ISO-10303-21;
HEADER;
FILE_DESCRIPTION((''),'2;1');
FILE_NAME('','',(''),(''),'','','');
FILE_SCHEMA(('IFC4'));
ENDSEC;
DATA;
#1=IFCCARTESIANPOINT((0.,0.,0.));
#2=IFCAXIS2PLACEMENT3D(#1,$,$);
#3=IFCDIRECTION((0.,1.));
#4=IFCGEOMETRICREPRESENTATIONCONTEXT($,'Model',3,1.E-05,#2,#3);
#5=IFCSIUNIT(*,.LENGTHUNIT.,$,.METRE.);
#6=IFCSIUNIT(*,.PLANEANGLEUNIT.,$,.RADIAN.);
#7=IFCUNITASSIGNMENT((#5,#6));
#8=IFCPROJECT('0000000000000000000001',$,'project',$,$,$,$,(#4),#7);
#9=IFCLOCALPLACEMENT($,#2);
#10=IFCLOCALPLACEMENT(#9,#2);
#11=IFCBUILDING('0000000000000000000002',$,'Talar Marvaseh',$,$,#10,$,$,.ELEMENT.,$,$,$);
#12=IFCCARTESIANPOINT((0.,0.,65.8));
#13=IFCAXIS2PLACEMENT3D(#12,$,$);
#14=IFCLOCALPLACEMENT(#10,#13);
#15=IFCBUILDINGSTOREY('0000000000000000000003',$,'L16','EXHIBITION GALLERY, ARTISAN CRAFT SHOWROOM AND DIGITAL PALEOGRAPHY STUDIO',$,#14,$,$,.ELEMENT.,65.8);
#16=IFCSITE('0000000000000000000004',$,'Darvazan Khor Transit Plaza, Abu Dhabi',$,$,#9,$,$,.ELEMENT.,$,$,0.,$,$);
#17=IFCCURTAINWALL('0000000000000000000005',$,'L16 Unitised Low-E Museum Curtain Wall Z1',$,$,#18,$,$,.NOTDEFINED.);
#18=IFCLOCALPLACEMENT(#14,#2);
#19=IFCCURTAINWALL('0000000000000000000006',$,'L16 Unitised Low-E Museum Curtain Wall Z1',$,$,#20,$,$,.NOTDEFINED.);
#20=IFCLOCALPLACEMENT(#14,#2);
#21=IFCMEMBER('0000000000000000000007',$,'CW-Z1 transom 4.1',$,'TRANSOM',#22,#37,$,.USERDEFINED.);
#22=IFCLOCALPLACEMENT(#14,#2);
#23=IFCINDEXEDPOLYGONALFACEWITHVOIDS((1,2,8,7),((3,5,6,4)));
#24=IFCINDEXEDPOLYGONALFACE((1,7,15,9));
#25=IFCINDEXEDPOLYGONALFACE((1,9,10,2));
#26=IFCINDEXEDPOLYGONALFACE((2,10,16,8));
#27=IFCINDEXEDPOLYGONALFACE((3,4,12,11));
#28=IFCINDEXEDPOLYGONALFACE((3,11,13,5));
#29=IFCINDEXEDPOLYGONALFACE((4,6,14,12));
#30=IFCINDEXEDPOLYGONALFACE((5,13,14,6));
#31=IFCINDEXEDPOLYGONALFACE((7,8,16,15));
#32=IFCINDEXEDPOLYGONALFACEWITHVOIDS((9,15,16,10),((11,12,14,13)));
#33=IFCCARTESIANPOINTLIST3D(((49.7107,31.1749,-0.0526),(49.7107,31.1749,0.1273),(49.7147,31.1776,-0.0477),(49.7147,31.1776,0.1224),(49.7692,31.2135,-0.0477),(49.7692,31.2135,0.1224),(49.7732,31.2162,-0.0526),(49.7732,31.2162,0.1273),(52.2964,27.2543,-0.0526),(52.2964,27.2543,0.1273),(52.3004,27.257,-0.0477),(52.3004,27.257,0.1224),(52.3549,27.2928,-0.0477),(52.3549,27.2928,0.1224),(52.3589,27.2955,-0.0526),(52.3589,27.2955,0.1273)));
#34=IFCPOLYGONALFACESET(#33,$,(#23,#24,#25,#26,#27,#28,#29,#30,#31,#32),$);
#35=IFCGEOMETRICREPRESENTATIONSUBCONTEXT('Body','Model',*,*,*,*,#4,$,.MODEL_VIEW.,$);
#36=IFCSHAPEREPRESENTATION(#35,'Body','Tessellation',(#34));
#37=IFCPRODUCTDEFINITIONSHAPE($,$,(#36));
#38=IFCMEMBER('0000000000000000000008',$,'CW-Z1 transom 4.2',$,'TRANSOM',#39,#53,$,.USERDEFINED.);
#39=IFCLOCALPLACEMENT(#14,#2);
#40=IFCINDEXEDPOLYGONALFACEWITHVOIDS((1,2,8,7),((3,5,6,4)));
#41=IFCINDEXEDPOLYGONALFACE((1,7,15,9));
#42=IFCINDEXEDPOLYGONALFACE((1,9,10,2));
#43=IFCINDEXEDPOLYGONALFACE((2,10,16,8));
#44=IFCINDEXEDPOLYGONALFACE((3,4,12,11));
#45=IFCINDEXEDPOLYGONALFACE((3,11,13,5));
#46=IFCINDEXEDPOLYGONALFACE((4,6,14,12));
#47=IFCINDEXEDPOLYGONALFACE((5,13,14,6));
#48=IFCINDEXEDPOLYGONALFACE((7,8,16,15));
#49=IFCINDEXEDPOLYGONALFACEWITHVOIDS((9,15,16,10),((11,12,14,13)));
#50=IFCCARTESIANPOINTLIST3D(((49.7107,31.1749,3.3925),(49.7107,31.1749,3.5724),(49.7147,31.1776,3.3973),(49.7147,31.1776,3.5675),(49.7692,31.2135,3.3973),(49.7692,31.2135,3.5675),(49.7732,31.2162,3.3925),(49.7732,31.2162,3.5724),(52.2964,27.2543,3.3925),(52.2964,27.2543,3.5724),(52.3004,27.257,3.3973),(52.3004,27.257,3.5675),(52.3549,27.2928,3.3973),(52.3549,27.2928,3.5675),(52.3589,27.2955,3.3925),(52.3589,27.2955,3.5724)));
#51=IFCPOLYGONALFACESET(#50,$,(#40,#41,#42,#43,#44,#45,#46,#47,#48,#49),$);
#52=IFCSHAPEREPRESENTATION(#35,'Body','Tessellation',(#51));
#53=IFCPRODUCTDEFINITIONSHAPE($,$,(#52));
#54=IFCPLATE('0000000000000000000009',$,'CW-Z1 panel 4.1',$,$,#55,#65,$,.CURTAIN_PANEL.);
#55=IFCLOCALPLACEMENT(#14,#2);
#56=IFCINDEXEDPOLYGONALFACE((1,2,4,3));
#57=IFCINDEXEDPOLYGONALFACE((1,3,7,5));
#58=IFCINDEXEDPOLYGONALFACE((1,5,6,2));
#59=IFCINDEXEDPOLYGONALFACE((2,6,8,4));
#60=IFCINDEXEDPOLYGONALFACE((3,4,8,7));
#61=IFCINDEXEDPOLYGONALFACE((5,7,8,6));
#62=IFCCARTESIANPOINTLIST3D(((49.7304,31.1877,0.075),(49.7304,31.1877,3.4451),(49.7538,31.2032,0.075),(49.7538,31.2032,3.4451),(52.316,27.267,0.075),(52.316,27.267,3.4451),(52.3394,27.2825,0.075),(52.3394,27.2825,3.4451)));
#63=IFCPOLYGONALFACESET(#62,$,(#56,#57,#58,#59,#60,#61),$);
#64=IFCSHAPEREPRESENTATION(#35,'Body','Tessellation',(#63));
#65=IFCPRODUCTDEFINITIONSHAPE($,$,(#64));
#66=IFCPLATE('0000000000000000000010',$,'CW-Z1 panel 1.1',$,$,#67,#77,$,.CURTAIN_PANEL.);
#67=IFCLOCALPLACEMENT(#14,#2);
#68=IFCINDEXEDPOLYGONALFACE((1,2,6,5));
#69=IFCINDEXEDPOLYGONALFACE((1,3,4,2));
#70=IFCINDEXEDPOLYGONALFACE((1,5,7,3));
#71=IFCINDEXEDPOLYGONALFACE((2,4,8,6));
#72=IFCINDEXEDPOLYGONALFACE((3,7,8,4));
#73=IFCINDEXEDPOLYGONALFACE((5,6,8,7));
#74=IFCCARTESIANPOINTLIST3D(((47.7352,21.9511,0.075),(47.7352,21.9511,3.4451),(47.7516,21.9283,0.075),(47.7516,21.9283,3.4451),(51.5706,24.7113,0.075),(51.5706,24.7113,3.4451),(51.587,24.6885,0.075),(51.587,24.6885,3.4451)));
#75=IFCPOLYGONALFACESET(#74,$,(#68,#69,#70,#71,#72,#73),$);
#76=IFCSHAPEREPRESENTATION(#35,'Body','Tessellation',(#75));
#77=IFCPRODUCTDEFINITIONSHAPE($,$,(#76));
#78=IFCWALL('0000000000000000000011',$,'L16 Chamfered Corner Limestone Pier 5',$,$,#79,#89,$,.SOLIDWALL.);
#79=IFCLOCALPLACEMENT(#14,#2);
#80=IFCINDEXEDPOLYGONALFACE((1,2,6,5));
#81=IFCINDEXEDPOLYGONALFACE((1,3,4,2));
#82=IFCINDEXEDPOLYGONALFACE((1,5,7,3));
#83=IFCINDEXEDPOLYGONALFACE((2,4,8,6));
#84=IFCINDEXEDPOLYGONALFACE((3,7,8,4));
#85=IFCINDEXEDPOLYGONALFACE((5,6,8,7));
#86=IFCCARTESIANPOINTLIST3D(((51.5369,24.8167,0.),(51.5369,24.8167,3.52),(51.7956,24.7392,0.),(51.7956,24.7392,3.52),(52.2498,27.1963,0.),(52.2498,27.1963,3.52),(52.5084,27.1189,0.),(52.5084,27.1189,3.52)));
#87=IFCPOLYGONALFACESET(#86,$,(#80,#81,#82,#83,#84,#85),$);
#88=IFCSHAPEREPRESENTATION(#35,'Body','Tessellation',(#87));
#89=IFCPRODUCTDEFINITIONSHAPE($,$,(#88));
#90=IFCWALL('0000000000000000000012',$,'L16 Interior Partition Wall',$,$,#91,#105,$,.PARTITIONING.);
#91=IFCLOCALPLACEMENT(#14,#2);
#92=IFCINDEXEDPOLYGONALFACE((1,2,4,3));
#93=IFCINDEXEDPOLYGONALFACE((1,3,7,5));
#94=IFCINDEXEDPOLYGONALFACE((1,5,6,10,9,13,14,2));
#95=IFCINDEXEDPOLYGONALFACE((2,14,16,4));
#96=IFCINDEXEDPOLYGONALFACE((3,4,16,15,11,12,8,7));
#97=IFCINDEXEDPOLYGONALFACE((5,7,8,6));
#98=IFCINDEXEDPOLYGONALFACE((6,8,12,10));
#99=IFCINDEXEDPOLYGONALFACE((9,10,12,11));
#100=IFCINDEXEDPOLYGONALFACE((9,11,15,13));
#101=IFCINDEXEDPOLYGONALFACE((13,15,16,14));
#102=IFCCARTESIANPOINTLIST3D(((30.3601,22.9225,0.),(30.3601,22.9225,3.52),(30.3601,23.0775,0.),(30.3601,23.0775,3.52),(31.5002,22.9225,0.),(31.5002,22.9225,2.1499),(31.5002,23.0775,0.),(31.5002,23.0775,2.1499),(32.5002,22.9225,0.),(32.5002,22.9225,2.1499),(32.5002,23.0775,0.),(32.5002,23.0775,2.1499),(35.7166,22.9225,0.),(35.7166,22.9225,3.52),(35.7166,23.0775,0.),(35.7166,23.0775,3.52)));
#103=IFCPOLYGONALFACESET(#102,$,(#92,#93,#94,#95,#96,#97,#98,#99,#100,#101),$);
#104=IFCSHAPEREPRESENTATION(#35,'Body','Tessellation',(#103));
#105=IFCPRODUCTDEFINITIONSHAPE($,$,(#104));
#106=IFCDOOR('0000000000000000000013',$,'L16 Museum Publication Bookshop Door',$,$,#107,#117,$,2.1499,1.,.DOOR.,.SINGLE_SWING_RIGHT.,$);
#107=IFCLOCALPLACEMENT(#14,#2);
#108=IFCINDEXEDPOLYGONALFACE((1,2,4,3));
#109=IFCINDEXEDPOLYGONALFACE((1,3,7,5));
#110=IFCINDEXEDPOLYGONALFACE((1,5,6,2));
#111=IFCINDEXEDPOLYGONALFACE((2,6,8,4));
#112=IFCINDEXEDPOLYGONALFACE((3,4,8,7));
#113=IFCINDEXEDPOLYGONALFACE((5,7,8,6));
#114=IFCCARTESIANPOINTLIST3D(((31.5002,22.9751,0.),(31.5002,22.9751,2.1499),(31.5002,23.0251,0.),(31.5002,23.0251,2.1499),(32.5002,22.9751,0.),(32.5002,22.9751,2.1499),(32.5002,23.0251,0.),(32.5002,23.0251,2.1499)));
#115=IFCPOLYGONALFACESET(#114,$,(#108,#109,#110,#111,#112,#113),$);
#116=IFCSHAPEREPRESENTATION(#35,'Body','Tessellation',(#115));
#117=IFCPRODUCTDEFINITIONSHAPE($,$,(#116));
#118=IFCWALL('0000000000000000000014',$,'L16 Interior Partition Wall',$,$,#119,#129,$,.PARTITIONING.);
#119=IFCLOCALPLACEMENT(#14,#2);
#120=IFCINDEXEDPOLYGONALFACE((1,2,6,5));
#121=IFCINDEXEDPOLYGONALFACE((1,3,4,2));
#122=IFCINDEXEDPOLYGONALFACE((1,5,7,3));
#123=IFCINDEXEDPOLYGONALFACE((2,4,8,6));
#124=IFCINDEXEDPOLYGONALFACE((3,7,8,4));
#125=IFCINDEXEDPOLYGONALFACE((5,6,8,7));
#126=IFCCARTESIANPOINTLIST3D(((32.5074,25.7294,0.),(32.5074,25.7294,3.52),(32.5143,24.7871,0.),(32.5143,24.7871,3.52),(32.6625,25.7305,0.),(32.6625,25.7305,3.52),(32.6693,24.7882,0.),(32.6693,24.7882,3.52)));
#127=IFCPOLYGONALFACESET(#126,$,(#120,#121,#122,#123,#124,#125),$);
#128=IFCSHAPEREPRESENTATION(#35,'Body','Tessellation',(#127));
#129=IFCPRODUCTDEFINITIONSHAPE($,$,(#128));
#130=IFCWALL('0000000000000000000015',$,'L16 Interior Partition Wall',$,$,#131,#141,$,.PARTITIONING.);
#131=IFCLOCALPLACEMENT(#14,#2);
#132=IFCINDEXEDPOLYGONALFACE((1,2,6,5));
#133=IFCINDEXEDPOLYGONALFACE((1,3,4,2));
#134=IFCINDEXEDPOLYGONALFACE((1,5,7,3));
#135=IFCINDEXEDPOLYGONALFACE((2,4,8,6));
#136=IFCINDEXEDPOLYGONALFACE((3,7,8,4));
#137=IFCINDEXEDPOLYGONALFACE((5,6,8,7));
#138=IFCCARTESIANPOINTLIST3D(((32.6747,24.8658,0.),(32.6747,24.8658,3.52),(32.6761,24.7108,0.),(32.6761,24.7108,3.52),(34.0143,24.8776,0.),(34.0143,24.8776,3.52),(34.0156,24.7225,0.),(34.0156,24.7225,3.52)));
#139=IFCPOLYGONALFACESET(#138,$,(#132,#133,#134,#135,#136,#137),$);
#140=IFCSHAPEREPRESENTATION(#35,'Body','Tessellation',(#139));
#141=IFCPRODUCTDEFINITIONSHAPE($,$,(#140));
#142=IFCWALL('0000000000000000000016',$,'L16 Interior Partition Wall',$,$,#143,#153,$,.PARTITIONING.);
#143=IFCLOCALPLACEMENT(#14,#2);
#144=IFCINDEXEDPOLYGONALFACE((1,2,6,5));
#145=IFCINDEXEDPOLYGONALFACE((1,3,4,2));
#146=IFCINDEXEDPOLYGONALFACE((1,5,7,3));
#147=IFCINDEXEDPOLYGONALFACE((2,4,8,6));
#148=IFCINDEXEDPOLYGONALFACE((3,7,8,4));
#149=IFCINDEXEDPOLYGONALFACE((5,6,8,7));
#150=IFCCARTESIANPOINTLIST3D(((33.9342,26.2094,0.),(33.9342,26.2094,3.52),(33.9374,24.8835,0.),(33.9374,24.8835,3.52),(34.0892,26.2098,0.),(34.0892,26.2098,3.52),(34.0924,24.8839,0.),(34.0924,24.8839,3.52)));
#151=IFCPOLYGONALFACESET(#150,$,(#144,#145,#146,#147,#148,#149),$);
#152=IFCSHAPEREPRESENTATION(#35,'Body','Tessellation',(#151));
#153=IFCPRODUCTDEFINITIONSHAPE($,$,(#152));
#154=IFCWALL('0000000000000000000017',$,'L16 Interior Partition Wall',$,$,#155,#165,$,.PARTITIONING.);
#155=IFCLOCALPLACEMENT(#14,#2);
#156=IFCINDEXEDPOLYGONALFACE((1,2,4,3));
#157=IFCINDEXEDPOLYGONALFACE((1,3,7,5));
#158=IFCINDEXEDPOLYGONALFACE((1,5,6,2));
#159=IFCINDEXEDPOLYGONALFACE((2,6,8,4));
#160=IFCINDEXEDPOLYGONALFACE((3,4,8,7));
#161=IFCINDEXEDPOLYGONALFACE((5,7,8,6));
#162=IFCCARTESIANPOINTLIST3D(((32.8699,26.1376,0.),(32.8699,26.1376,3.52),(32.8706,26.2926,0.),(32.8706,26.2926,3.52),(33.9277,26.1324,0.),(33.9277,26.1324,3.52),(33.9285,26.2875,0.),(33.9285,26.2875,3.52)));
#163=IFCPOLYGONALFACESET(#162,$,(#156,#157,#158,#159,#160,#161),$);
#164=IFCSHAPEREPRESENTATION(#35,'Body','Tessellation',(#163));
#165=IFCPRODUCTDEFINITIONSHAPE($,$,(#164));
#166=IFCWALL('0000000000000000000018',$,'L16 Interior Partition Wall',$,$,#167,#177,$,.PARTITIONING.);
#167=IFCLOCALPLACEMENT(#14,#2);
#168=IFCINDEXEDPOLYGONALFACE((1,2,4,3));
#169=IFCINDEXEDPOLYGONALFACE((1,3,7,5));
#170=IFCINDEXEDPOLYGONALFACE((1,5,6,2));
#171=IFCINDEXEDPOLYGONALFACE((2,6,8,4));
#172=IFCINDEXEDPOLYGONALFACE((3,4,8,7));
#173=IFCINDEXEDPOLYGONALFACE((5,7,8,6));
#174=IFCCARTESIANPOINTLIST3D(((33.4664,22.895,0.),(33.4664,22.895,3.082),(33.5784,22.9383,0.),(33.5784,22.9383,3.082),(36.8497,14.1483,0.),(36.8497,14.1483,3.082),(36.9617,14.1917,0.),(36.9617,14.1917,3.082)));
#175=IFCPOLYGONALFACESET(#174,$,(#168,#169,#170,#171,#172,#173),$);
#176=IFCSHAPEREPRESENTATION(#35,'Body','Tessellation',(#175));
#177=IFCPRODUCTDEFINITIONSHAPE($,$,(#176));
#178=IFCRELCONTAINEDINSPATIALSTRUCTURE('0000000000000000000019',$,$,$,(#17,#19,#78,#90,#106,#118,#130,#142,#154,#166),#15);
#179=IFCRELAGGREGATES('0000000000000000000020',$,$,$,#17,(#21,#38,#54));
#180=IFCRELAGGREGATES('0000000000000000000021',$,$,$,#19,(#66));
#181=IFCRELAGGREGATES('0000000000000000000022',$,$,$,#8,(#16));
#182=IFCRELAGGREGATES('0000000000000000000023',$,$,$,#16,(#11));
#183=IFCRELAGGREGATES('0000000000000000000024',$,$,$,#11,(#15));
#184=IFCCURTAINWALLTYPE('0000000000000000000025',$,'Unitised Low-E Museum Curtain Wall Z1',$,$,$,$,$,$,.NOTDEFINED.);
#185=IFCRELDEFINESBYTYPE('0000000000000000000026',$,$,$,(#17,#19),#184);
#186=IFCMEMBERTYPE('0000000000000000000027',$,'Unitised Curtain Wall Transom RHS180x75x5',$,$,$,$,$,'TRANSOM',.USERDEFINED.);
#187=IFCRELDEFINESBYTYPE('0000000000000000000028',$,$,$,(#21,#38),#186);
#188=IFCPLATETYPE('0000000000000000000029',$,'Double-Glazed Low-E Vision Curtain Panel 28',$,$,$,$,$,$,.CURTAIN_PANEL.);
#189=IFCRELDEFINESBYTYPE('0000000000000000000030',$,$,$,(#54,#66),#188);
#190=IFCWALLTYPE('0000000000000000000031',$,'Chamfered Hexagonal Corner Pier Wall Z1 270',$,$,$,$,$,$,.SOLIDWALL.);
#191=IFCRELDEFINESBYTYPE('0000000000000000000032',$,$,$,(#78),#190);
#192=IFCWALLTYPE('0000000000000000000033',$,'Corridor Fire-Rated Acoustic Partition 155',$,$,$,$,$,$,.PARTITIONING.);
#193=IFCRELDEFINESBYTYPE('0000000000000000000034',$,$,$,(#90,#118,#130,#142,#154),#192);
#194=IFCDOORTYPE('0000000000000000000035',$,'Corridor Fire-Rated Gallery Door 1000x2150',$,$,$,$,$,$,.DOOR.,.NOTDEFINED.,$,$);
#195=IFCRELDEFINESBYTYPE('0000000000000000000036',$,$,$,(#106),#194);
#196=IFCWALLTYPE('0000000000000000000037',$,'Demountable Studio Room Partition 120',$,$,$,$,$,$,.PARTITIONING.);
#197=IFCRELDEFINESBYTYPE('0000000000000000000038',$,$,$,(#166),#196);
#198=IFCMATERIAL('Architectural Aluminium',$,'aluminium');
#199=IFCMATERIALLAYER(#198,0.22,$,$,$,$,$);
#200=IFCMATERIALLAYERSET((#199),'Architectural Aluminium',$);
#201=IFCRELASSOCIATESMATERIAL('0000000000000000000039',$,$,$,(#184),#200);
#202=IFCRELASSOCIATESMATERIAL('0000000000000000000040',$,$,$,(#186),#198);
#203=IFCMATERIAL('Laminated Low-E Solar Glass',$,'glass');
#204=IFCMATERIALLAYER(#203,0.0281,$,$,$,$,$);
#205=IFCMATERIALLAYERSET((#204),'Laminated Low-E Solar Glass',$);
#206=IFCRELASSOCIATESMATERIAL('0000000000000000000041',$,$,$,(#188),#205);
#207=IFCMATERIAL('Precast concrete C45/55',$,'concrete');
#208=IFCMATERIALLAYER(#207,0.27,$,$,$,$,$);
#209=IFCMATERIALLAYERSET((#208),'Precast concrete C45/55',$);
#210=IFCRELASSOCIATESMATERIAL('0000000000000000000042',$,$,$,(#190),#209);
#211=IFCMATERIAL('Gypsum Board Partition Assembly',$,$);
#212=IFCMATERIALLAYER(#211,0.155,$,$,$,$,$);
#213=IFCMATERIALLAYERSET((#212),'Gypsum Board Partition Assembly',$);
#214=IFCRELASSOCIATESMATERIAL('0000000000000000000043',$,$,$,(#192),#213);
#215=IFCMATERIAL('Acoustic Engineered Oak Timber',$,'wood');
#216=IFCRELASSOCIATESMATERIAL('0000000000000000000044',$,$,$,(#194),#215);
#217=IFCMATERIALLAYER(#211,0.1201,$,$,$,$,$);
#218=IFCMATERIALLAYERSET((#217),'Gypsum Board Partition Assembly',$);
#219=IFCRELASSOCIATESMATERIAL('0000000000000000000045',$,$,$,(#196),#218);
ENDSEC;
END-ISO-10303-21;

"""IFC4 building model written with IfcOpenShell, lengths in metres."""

from ifc_helpers import new_model, si_unit, direction, frame, frame_2d, origin, origin_2d, place, context, subcontext, project, spatial, rectangle, hollow_rectangle, extrude, source, transform, mapped, material, layer, layer_set, material_profile, profile_set, type_object, type_shapes, element, fill, aggregate, save


model = new_model("IFC4")

# Units and contexts
model_context = context("Model", 3, precision=1e-05, world=origin(), true_north=direction((0.0, 1.0)))
body_context = subcontext(model_context, "Body", "Model", "MODEL_VIEW")
ifc_project = project(units=[si_unit("LENGTHUNIT", "METRE"), si_unit("PLANEANGLEUNIT", "RADIAN")], contexts=[model_context])

# Site, building, storey
site_placement = place(None, origin())
site = spatial("IfcSite", under=ifc_project, at=site_placement, Name="Darvazan Khor Transit Plaza, Abu Dhabi", CompositionType="ELEMENT", RefElevation=0.0)
building_placement = place(site_placement, origin())
building = spatial("IfcBuilding", under=site, at=building_placement, Name="Talar Marvaseh", CompositionType="ELEMENT")
storey_placement = place(building_placement, frame((0.0, 0.0, 65.8)))
storey = spatial("IfcBuildingStorey", under=building, at=storey_placement, Name="L16", Description="EXHIBITION GALLERY, ARTISAN CRAFT SHOWROOM AND DIGITAL PALEOGRAPHY STUDIO", CompositionType="ELEMENT", Elevation=65.8)

# Curtain walls
ifc_material_1 = material(Name="Architectural Aluminium", Category="aluminium")
ifc_layer_1 = layer(ifc_material_1, 0.22)
ifc_layer_set_1 = layer_set([ifc_layer_1], Name="Architectural Aluminium")
curtain_wall_type = type_object("IfcCurtainWallType", Name="Unitised Low-E Museum Curtain Wall Z1", PredefinedType="NOTDEFINED", material=ifc_layer_set_1)
curtain_wall_1_placement = place(storey_placement, origin())
curtain_wall_1 = element("IfcCurtainWall", 1, at=curtain_wall_1_placement, inside=storey, type_object=curtain_wall_type, Name="L16 Unitised Low-E Museum Curtain Wall Z1", PredefinedType="NOTDEFINED")
curtain_wall_2_placement = place(storey_placement, origin())
curtain_wall_2 = element("IfcCurtainWall", 2, at=curtain_wall_2_placement, inside=storey, type_object=curtain_wall_type, Name="L16 Unitised Low-E Museum Curtain Wall Z1", PredefinedType="NOTDEFINED")
ifc_material_profile_1 = material_profile(ifc_material_1, hollow_rectangle(XDim=0.075, YDim=0.1799, WallThickness=0.0049, at=origin_2d()), Name="RHS180x75x5")
ifc_profile_set_1 = profile_set([ifc_material_profile_1], Name="Architectural Aluminium")
member_type_1 = type_object("IfcMemberType", Name="Unitised Curtain Wall Transom RHS180x75x5", ElementType="TRANSOM", PredefinedType="USERDEFINED", material=ifc_profile_set_1)

# Members
shared_shape_1 = source(origin(), body_context, "Body", "SweptSolid", [
    extrude(hollow_rectangle(XDim=0.075, YDim=0.1799, WallThickness=0.0049, at=origin_2d()), origin(), (0.0, 0.0, 1.0), 4.6965),
])
member_1_placement = place(storey_placement, frame((49.7419, 31.1956, 0.0374), z_axis=(0.550555, -0.834799, 0.0), x_axis=(0.834799, 0.550555, 0.0)))
member_1 = element("IfcMember", 3, at=member_1_placement, type_object=member_type_1, Name="CW-Z1 transom 4.1", ObjectType="TRANSOM", PredefinedType="USERDEFINED", context=body_context, shape_type="MappedRepresentation", body=[
    mapped(shared_shape_1, transform((0.0, 0.0, 0.0), x_axis=(1.0, 0.0, 0.0), y_axis=(0.0, 1.0, 0.0), z_axis=(0.0, 0.0, 1.0), scale=1.0)),
])
member_2_placement = place(storey_placement, frame((49.7419, 31.1956, 3.4824), z_axis=(0.550555, -0.834799, 0.0), x_axis=(0.834799, 0.550555, 0.0)))
member_2 = element("IfcMember", 4, at=member_2_placement, type_object=member_type_1, Name="CW-Z1 transom 4.2", ObjectType="TRANSOM", PredefinedType="USERDEFINED", context=body_context, shape_type="MappedRepresentation", body=[
    mapped(shared_shape_1, transform((0.0, 0.0, 0.0), x_axis=(1.0, 0.0, 0.0), y_axis=(0.0, 1.0, 0.0), z_axis=(0.0, 0.0, 1.0), scale=1.0)),
])

# Plates
ifc_material_2 = material(Name="Laminated Low-E Solar Glass", Category="glass")
ifc_layer_2 = layer(ifc_material_2, 0.0281)
ifc_layer_set_2 = layer_set([ifc_layer_2], Name="Laminated Low-E Solar Glass")
plate_type = type_object("IfcPlateType", Name="Double-Glazed Low-E Vision Curtain Panel 28", PredefinedType="CURTAIN_PANEL", material=ifc_layer_set_2)
shared_shape_2 = source(origin(), body_context, "Body", "SweptSolid", [
    extrude(rectangle(XDim=4.6965, YDim=0.0281, at=origin_2d()), origin(), (0.0, 0.0, 1.0), 3.3701),
])
plate_1_placement = place(storey_placement, frame((51.0349, 29.2351, 0.075), z_axis=(0.0, 0.0, 1.0), x_axis=(0.550538, -0.83481, 0.0)))
plate_1 = element("IfcPlate", 5, at=plate_1_placement, type_object=plate_type, Name="CW-Z1 panel 4.1", PredefinedType="CURTAIN_PANEL", context=body_context, shape_type="MappedRepresentation", body=[
    mapped(shared_shape_2, transform((0.0, 0.0, 0.0), x_axis=(1.0, 0.0, 0.0), y_axis=(0.0, 1.0, 0.0), z_axis=(0.0, 0.0, 1.0), scale=1.0)),
])
aggregate(curtain_wall_1, [member_1, member_2, plate_1])
shared_shape_3 = source(origin(), body_context, "Body", "SweptSolid", [
    extrude(rectangle(XDim=4.7253, YDim=0.0281, at=origin_2d()), origin(), (0.0, 0.0, 1.0), 3.3701),
])
type_shapes(plate_type, [shared_shape_2, shared_shape_3])
plate_2_placement = place(storey_placement, frame((49.6611, 23.3198, 0.075), z_axis=(0.0, 0.0, 1.0), x_axis=(-0.811665, -0.584123, 0.0)))
plate_2 = element("IfcPlate", 6, at=plate_2_placement, type_object=plate_type, Name="CW-Z1 panel 1.1", PredefinedType="CURTAIN_PANEL", context=body_context, shape_type="MappedRepresentation", body=[
    mapped(shared_shape_3, transform((0.0, 0.0, 0.0), x_axis=(1.0, 0.0, 0.0), y_axis=(0.0, 1.0, 0.0), z_axis=(0.0, 0.0, 1.0), scale=1.0)),
])
aggregate(curtain_wall_2, [plate_2])

# Wall
ifc_material_3 = material(Name="Precast concrete C45/55", Category="concrete")
ifc_layer_3 = layer(ifc_material_3, 0.27)
ifc_layer_set_3 = layer_set([ifc_layer_3], Name="Precast concrete C45/55")
wall_type_1 = type_object("IfcWallType", Name="Chamfered Hexagonal Corner Pier Wall Z1 270", PredefinedType="SOLIDWALL", material=ifc_layer_set_3)
wall_1_placement = place(storey_placement, frame((52.3792, 27.1577, 0.0), z_axis=(0.0, 0.0, 1.0), x_axis=(-0.286978, -0.957937, 0.0)))
element("IfcWall", 7, at=wall_1_placement, inside=storey, type_object=wall_type_1, Name="L16 Chamfered Corner Limestone Pier 5", PredefinedType="SOLIDWALL", context=body_context, shape_type="SweptSolid", body=[
    extrude(rectangle(XDim=2.4841, YDim=0.27, at=frame_2d((1.2422, 0.0))), origin(), (0.0, 0.0, 1.0), 3.52),
])

# Wall, opening, door
ifc_material_4 = material(Name="Gypsum Board Partition Assembly")
ifc_layer_4 = layer(ifc_material_4, 0.155)
ifc_layer_set_4 = layer_set([ifc_layer_4], Name="Gypsum Board Partition Assembly")
wall_type_2 = type_object("IfcWallType", Name="Corridor Fire-Rated Acoustic Partition 155", PredefinedType="PARTITIONING", material=ifc_layer_set_4)
wall_2_placement = place(storey_placement, frame((35.7166, 23.0, 0.0), z_axis=(0.0, 0.0, 1.0), x_axis=(-1.0, 0.0, 0.0)))
wall_2 = element("IfcWall", 8, at=wall_2_placement, inside=storey, type_object=wall_type_2, Name="L16 Interior Partition Wall", PredefinedType="PARTITIONING", context=body_context, shape_type="SweptSolid", body=[
    extrude(rectangle(XDim=5.3564, YDim=0.155, at=frame_2d((2.6782, 0.0))), origin(), (0.0, 0.0, 1.0), 3.52),
])
opening_1_placement = place(wall_2_placement, frame((3.2163, 0.0, 0.0)))
opening_1 = element("IfcOpeningElement", 9, at=opening_1_placement, cuts=wall_2, PredefinedType="OPENING", context=body_context, shape_type="SweptSolid", body=[
    extrude(rectangle(XDim=1.0, YDim=2.1499, at=frame_2d((0.5, 1.075))), frame((0.0, 0.0874, 0.0), z_axis=(0.0, -1.0, 0.0), x_axis=(1.0, 0.0, 0.0)), (0.0, 0.0, 1.0), 0.175),
])
ifc_material_5 = material(Name="Acoustic Engineered Oak Timber", Category="wood")
door_type_1 = type_object("IfcDoorType", Name="Corridor Fire-Rated Gallery Door 1000x2150", OperationType="NOTDEFINED", PredefinedType="DOOR", material=ifc_material_5)
shared_shape_4 = source(origin(), body_context, "Body", "SweptSolid", [
    extrude(rectangle(XDim=1.0, YDim=2.1499, at=frame_2d((0.5, 1.075))), frame((0.0, 0.0249, 0.0), z_axis=(0.0, -1.0, 0.0), x_axis=(1.0, 0.0, 0.0)), (0.0, 0.0, 1.0), 0.05),
])
type_shapes(door_type_1, [shared_shape_4])
door_1_placement = place(opening_1_placement, origin())
door_1 = element("IfcDoor", 10, at=door_1_placement, inside=storey, type_object=door_type_1, Name="L16 Museum Publication Bookshop Door", OperationType="SINGLE_SWING_RIGHT", OverallHeight=2.1499, OverallWidth=1.0, PredefinedType="DOOR", context=body_context, shape_type="MappedRepresentation", body=[
    mapped(shared_shape_4, transform((0.0, 0.0, 0.0), x_axis=(1.0, 0.0, 0.0), y_axis=(0.0, 1.0, 0.0), z_axis=(0.0, 0.0, 1.0), scale=1.0)),
])
fill(opening_1, door_1)

# Walls
wall_3_placement = place(storey_placement, frame((32.585, 25.73, 0.0), z_axis=(0.0, 0.0, 1.0), x_axis=(0.007254, -0.999974, 0.0)))
element("IfcWall", 11, at=wall_3_placement, inside=storey, type_object=wall_type_2, Name="L16 Interior Partition Wall", PredefinedType="PARTITIONING", context=body_context, shape_type="SweptSolid", body=[
    extrude(rectangle(XDim=0.9424, YDim=0.155, at=frame_2d((0.4712, 0.0))), origin(), (0.0, 0.0, 1.0), 3.52),
])
wall_4_placement = place(storey_placement, frame((32.6753, 24.7883, 0.0), z_axis=(0.0, 0.0, 1.0), x_axis=(0.999962, 0.008748, 0.0)))
element("IfcWall", 12, at=wall_4_placement, inside=storey, type_object=wall_type_2, Name="L16 Interior Partition Wall", PredefinedType="PARTITIONING", context=body_context, shape_type="SweptSolid", body=[
    extrude(rectangle(XDim=1.3396, YDim=0.155, at=frame_2d((0.6699, 0.0))), origin(), (0.0, 0.0, 1.0), 3.52),
])
wall_5_placement = place(storey_placement, frame((34.0149, 24.8835, 0.0), z_axis=(0.0, 0.0, 1.0), x_axis=(-0.002394, 0.999997, 0.0)))
element("IfcWall", 13, at=wall_5_placement, inside=storey, type_object=wall_type_2, Name="L16 Interior Partition Wall", PredefinedType="PARTITIONING", context=body_context, shape_type="SweptSolid", body=[
    extrude(rectangle(XDim=1.3259, YDim=0.155, at=frame_2d((0.6631, 0.0))), origin(), (0.0, 0.0, 1.0), 3.52),
])
wall_6_placement = place(storey_placement, frame((33.928, 26.21, 0.0), z_axis=(0.0, 0.0, 1.0), x_axis=(-0.999988, 0.004846, 0.0)))
element("IfcWall", 14, at=wall_6_placement, inside=storey, type_object=wall_type_2, Name="L16 Interior Partition Wall", PredefinedType="PARTITIONING", context=body_context, shape_type="SweptSolid", body=[
    extrude(rectangle(XDim=1.0579, YDim=0.155, at=frame_2d((0.5288, 0.0))), origin(), (0.0, 0.0, 1.0), 3.52),
])
ifc_layer_5 = layer(ifc_material_4, 0.1201)
ifc_layer_set_5 = layer_set([ifc_layer_5], Name="Gypsum Board Partition Assembly")
wall_type_3 = type_object("IfcWallType", Name="Demountable Studio Room Partition 120", PredefinedType="PARTITIONING", material=ifc_layer_set_5)
wall_7_placement = place(storey_placement, frame((33.5225, 22.9165, 0.0), z_axis=(0.0, 0.0, 1.0), x_axis=(0.360765, -0.932657, 0.0)))
element("IfcWall", 15, at=wall_7_placement, inside=storey, type_object=wall_type_3, Name="L16 Interior Partition Wall", PredefinedType="PARTITIONING", context=body_context, shape_type="SweptSolid", body=[
    extrude(rectangle(XDim=9.3782, YDim=0.1201, at=frame_2d((4.689, 0.0))), origin(), (0.0, 0.0, 1.0), 3.082),
])

save(model, "model.ifc")
